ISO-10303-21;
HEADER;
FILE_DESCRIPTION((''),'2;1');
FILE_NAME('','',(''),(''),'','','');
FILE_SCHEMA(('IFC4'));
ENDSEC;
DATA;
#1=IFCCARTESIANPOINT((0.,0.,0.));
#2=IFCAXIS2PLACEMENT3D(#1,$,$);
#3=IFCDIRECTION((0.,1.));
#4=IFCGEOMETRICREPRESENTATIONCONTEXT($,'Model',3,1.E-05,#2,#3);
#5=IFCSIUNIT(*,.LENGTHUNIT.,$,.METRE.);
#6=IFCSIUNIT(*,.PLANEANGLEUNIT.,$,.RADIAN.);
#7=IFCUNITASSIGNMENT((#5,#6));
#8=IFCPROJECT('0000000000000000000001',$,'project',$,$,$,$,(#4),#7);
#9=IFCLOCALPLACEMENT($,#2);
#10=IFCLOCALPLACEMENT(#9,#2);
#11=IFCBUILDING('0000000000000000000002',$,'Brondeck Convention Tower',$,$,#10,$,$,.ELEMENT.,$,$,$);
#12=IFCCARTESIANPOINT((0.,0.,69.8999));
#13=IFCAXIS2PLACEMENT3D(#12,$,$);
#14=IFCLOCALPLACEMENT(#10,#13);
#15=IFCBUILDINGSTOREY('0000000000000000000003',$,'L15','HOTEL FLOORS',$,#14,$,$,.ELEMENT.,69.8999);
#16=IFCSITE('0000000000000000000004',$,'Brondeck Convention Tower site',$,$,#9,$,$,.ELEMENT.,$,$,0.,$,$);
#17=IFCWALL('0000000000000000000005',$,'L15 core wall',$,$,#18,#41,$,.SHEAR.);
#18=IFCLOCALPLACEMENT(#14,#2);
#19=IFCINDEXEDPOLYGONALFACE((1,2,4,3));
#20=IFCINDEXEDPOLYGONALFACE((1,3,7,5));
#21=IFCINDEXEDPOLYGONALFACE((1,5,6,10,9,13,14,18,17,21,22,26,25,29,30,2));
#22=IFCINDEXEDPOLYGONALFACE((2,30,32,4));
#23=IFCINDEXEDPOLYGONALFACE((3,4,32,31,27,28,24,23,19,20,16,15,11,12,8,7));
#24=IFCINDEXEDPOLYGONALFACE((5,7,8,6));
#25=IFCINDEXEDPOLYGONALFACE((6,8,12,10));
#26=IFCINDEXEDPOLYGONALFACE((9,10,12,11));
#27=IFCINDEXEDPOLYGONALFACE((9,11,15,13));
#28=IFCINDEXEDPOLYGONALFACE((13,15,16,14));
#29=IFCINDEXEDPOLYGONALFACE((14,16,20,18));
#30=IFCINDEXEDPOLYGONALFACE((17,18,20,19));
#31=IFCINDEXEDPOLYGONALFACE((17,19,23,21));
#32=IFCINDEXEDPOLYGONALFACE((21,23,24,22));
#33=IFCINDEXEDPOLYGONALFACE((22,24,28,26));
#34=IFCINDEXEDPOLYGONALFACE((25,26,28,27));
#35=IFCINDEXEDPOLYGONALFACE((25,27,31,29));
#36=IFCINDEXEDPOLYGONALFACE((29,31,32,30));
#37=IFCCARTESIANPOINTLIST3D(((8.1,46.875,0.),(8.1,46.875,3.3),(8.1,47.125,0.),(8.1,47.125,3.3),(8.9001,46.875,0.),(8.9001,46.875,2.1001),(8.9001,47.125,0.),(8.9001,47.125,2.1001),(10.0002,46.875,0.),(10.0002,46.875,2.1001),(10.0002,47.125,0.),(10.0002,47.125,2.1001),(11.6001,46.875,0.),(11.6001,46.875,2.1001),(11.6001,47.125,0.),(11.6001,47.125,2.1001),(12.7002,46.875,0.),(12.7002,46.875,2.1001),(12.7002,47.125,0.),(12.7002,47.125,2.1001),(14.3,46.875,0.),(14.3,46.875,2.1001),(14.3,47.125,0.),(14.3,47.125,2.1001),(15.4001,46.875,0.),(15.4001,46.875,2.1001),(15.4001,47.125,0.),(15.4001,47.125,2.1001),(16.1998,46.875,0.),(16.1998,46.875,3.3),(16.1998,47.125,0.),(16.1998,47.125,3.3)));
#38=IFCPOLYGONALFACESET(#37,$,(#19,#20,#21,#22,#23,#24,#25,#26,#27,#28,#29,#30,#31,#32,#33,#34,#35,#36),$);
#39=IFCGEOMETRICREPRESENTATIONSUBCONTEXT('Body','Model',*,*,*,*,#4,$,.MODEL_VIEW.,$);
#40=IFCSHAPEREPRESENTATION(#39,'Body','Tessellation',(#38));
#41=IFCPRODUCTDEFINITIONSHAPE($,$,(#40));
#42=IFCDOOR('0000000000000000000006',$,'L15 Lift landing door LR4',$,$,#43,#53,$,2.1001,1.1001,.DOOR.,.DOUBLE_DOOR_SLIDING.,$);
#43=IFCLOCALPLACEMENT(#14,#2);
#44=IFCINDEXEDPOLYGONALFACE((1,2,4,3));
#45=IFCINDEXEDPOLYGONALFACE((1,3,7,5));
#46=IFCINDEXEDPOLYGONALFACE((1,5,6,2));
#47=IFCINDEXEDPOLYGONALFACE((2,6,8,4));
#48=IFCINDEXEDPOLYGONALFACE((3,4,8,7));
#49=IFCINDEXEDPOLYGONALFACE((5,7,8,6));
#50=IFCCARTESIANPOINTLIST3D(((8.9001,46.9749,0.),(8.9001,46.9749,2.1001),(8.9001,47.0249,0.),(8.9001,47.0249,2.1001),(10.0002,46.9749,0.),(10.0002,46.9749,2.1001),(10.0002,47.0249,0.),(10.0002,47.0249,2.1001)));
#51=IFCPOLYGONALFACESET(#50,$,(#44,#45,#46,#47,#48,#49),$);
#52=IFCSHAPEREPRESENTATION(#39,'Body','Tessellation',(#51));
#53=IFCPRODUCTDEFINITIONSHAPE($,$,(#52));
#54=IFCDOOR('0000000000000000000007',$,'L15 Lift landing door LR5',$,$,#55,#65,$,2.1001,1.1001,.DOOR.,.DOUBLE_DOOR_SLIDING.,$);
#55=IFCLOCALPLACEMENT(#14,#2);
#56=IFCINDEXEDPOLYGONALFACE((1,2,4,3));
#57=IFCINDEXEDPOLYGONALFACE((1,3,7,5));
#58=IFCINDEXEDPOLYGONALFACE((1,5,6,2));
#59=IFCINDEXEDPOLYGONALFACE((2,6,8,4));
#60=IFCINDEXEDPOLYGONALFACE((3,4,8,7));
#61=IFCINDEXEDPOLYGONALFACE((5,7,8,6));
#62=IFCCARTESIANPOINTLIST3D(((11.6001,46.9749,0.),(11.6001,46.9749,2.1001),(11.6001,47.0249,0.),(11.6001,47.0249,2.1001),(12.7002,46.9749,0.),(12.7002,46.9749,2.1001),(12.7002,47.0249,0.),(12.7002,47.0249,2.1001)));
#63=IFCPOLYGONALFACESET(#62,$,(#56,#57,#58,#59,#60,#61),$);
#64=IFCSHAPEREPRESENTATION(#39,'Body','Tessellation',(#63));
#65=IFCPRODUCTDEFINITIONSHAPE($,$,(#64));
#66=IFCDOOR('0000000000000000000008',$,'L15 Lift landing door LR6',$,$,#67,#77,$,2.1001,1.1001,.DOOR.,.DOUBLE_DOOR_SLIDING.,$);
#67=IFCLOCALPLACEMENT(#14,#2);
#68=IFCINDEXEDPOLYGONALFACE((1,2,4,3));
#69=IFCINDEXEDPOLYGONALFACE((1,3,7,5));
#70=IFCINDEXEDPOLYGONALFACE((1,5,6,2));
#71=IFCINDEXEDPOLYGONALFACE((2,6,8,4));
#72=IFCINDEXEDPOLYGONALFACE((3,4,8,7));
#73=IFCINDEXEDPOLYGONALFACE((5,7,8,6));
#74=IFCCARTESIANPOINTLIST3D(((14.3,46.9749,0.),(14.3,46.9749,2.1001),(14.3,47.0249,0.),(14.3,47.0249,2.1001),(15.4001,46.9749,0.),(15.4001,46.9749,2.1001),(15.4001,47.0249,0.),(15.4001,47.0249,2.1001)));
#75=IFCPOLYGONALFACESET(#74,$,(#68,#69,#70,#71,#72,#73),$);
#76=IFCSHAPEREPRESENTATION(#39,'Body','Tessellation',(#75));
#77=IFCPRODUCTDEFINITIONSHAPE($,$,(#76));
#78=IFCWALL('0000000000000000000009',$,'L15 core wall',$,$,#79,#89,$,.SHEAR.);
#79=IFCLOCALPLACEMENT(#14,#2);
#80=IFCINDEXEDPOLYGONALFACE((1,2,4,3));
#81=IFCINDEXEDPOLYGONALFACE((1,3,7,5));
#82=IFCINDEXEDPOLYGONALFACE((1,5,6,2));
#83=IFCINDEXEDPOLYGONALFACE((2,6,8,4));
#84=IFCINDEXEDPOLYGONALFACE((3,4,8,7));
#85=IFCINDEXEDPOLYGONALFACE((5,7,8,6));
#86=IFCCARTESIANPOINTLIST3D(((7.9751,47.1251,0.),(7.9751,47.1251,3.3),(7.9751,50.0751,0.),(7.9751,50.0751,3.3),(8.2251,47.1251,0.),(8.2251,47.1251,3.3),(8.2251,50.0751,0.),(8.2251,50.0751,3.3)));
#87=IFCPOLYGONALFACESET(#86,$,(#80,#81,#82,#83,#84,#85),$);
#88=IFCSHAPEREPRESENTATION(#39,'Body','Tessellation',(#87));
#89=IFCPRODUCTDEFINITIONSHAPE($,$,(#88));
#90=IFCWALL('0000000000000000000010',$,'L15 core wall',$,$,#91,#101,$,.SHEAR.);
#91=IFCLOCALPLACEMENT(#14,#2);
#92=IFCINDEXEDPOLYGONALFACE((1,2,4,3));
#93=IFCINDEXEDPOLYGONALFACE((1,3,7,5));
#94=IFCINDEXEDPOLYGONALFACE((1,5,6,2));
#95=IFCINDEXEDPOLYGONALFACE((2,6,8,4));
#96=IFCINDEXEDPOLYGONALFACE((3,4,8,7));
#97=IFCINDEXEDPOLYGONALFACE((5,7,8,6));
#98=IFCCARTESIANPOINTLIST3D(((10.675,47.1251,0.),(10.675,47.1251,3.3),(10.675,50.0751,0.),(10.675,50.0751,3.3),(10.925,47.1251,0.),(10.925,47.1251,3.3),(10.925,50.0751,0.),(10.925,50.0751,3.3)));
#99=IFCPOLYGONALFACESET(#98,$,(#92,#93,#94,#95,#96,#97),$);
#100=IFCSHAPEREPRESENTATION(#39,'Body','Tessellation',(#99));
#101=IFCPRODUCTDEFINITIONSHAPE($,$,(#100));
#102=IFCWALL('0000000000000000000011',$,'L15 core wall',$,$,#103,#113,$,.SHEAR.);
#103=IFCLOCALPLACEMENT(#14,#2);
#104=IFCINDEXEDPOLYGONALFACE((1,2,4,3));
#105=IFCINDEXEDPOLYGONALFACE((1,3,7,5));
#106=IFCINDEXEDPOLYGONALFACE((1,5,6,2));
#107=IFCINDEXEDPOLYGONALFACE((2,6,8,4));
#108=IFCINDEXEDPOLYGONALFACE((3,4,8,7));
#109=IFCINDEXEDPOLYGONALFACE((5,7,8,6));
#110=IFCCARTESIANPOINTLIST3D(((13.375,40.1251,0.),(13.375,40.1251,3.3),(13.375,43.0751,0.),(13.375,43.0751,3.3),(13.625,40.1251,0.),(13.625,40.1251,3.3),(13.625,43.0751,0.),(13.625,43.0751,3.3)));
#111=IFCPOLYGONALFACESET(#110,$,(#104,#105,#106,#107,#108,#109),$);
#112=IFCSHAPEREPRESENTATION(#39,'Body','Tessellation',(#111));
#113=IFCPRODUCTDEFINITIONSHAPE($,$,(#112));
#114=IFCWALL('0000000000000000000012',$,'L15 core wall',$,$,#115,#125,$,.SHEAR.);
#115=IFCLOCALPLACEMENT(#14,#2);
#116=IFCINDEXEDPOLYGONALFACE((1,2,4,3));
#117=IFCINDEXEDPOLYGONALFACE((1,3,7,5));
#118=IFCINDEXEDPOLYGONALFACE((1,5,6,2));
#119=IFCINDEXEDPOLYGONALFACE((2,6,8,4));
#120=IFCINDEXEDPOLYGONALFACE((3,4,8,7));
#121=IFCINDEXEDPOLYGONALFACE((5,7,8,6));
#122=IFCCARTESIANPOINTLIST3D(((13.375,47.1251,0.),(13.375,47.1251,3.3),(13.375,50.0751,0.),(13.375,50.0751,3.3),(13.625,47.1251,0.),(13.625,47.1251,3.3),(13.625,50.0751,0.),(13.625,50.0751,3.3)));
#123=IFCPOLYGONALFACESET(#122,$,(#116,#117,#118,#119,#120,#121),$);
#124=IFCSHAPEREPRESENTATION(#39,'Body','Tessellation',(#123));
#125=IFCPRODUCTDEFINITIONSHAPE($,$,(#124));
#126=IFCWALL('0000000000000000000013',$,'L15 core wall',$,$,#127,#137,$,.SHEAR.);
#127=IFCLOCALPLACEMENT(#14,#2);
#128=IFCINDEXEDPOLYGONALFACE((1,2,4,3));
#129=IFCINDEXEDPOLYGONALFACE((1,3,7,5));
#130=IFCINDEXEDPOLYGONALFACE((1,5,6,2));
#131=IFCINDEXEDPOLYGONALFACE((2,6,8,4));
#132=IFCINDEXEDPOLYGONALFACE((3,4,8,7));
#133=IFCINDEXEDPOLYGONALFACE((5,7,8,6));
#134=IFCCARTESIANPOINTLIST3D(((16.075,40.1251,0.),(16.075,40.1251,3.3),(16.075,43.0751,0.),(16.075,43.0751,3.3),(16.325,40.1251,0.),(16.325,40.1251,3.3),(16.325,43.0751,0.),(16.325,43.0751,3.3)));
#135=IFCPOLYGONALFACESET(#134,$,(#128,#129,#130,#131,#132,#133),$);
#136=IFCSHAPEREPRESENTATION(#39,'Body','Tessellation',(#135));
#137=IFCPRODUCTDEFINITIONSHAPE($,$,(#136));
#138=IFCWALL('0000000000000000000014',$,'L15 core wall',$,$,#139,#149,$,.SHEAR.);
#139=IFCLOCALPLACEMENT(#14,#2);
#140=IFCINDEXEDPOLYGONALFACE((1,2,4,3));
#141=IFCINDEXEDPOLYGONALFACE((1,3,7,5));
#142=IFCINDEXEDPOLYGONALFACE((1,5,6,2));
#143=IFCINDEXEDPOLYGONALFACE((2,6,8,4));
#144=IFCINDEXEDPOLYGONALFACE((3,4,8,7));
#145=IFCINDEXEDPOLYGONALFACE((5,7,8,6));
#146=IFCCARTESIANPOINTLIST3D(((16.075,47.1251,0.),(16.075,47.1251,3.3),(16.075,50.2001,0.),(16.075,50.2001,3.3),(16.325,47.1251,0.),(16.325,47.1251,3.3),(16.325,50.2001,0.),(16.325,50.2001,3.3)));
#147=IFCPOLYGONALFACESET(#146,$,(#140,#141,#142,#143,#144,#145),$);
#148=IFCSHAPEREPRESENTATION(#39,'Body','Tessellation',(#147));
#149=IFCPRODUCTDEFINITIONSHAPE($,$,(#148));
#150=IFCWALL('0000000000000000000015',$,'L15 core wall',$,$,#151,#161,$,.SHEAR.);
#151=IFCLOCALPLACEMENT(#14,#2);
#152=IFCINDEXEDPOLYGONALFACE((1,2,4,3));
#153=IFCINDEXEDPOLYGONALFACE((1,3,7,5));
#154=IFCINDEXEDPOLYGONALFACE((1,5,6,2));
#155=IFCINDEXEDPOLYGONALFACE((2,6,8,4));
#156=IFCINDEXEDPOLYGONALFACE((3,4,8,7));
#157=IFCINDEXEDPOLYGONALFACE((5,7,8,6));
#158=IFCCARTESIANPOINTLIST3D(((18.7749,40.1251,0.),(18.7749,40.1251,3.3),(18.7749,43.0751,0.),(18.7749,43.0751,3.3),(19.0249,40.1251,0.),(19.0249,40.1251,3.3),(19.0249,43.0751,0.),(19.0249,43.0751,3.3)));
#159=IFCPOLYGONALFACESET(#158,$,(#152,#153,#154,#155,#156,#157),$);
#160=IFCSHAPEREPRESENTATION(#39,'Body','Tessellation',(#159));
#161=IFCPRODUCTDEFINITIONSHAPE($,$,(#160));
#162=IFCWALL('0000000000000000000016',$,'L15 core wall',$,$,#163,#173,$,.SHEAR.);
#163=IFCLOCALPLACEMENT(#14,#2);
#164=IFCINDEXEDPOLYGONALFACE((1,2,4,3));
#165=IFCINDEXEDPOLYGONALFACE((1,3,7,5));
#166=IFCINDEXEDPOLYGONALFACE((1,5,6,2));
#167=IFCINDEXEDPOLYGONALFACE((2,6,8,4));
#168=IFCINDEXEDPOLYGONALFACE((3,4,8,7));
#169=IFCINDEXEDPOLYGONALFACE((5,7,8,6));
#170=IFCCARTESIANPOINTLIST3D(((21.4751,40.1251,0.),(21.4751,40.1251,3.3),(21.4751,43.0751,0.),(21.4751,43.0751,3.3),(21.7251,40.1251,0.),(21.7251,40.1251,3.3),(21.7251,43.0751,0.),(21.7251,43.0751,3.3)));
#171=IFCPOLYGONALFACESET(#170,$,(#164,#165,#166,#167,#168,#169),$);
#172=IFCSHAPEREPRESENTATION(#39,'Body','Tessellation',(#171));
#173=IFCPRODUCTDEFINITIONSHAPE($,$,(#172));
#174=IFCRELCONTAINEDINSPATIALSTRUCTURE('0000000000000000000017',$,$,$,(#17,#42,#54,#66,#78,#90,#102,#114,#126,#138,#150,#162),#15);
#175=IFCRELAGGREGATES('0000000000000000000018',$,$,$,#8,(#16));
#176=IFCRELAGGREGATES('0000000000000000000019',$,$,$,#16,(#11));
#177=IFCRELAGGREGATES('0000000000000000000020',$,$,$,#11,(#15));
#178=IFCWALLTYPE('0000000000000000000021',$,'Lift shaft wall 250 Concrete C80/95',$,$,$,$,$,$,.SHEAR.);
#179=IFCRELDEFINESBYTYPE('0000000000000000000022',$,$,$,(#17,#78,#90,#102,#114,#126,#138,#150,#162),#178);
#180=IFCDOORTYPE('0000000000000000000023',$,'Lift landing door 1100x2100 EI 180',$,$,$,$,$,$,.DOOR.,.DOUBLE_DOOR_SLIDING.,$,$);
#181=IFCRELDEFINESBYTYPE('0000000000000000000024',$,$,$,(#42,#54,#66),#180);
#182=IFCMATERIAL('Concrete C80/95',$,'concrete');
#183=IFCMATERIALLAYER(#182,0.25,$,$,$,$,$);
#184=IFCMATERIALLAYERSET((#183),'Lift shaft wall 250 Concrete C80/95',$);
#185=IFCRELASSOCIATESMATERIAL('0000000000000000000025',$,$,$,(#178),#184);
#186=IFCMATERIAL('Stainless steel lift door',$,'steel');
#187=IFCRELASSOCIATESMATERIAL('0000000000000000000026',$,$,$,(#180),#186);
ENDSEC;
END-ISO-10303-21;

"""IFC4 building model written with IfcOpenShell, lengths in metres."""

from ifc_helpers import new_model, si_unit, direction, frame, frame_2d, origin, place, context, subcontext, project, spatial, rectangle, extrude, material, layer, layer_set, type_object, element, fill, save


model = new_model("IFC4")

# Units and contexts
model_context = context("Model", 3, precision=1e-05, world=origin(), true_north=direction((0.0, 1.0)))
body_context = subcontext(model_context, "Body", "Model", "MODEL_VIEW")
ifc_project = project(units=[si_unit("LENGTHUNIT", "METRE"), si_unit("PLANEANGLEUNIT", "RADIAN")], contexts=[model_context])

# Site, building, storey
site_placement = place(None, origin())
site = spatial("IfcSite", under=ifc_project, at=site_placement, Name="Brondeck Convention Tower site", CompositionType="ELEMENT", RefElevation=0.0)
building_placement = place(site_placement, origin())
building = spatial("IfcBuilding", under=site, at=building_placement, Name="Brondeck Convention Tower", CompositionType="ELEMENT")
storey_placement = place(building_placement, frame((0.0, 0.0, 69.8999)))
storey = spatial("IfcBuildingStorey", under=building, at=storey_placement, Name="L15", Description="HOTEL FLOORS", CompositionType="ELEMENT", Elevation=69.8999)

# Shared definitions
ifc_material_1 = material(Name="Concrete C80/95", Category="concrete")

# Wall, openings, doors
ifc_layer_1 = layer(ifc_material_1, 0.25)
ifc_layer_set_1 = layer_set([ifc_layer_1], Name="Lift shaft wall 250 Concrete C80/95")
wall_type_1 = type_object("IfcWallType", Name="Lift shaft wall 250 Concrete C80/95", PredefinedType="SHEAR", material=ifc_layer_set_1)
ifc_material_2 = material(Name="Stainless steel lift door", Category="steel")
door_type_1 = type_object("IfcDoorType", Name="Lift landing door 1100x2100 EI 180", OperationType="DOUBLE_DOOR_SLIDING", PredefinedType="DOOR", material=ifc_material_2)
wall_1_placement = place(storey_placement, frame((8.1001, 47.0, 0.0), z_axis=(0.0, 0.0, 1.0), x_axis=(1.0, 0.0, 0.0)))
wall_1 = element("IfcWall", 1, at=wall_1_placement, inside=storey, type_object=wall_type_1, Name="L15 core wall", PredefinedType="SHEAR", context=body_context, shape_type="SweptSolid", body=[
    extrude(rectangle(XDim=8.0999, YDim=0.25, at=frame_2d((4.0498, 0.0))), origin(), (0.0, 0.0, 1.0), 3.3),
])
opening_1_placement = place(wall_1_placement, frame((0.8, 0.0, 0.0)))
opening_1 = element("IfcOpeningElement", 2, at=opening_1_placement, cuts=wall_1, PredefinedType="OPENING", context=body_context, shape_type="SweptSolid", body=[
    extrude(rectangle(XDim=1.1001, YDim=2.1001, at=frame_2d((0.55, 1.05))), frame((0.0, 0.135, 0.0), z_axis=(0.0, -1.0, 0.0), x_axis=(1.0, 0.0, 0.0)), (0.0, 0.0, 1.0), 0.27),
])
opening_2_placement = place(wall_1_placement, frame((3.5, 0.0, 0.0)))
opening_2 = element("IfcOpeningElement", 3, at=opening_2_placement, cuts=wall_1, PredefinedType="OPENING", context=body_context, shape_type="SweptSolid", body=[
    extrude(rectangle(XDim=1.1001, YDim=2.1001, at=frame_2d((0.55, 1.05))), frame((0.0, 0.135, 0.0), z_axis=(0.0, -1.0, 0.0), x_axis=(1.0, 0.0, 0.0)), (0.0, 0.0, 1.0), 0.27),
])
opening_3_placement = place(wall_1_placement, frame((6.2, 0.0, 0.0)))
opening_3 = element("IfcOpeningElement", 4, at=opening_3_placement, cuts=wall_1, PredefinedType="OPENING", context=body_context, shape_type="SweptSolid", body=[
    extrude(rectangle(XDim=1.1001, YDim=2.1001, at=frame_2d((0.55, 1.05))), frame((0.0, 0.135, 0.0), z_axis=(0.0, -1.0, 0.0), x_axis=(1.0, 0.0, 0.0)), (0.0, 0.0, 1.0), 0.27),
])
door_1_placement = place(opening_1_placement, origin())
door_1 = element("IfcDoor", 5, at=door_1_placement, inside=storey, type_object=door_type_1, Name="L15 Lift landing door LR4", OperationType="DOUBLE_DOOR_SLIDING", OverallHeight=2.1001, OverallWidth=1.1001, PredefinedType="DOOR", context=body_context, shape_type="SweptSolid", body=[
    extrude(rectangle(XDim=1.1001, YDim=2.1001, at=frame_2d((0.55, 1.05))), frame((0.0, 0.0249, 0.0), z_axis=(0.0, -1.0, 0.0), x_axis=(1.0, 0.0, 0.0)), (0.0, 0.0, 1.0), 0.05),
])
fill(opening_1, door_1)
door_2_placement = place(opening_2_placement, origin())
door_2 = element("IfcDoor", 6, at=door_2_placement, inside=storey, type_object=door_type_1, Name="L15 Lift landing door LR5", OperationType="DOUBLE_DOOR_SLIDING", OverallHeight=2.1001, OverallWidth=1.1001, PredefinedType="DOOR", context=body_context, shape_type="SweptSolid", body=[
    extrude(rectangle(XDim=1.1001, YDim=2.1001, at=frame_2d((0.55, 1.05))), frame((0.0, 0.0249, 0.0), z_axis=(0.0, -1.0, 0.0), x_axis=(1.0, 0.0, 0.0)), (0.0, 0.0, 1.0), 0.05),
])
fill(opening_2, door_2)
door_3_placement = place(opening_3_placement, origin())
door_3 = element("IfcDoor", 7, at=door_3_placement, inside=storey, type_object=door_type_1, Name="L15 Lift landing door LR6", OperationType="DOUBLE_DOOR_SLIDING", OverallHeight=2.1001, OverallWidth=1.1001, PredefinedType="DOOR", context=body_context, shape_type="SweptSolid", body=[
    extrude(rectangle(XDim=1.1001, YDim=2.1001, at=frame_2d((0.55, 1.05))), frame((0.0, 0.0249, 0.0), z_axis=(0.0, -1.0, 0.0), x_axis=(1.0, 0.0, 0.0)), (0.0, 0.0, 1.0), 0.05),
])
fill(opening_3, door_3)

# Walls
for number, where, z_axis, x_axis, name in (
    (8, (8.1001, 47.125, 0.0), (0.0, 0.0, 1.0), (0.0, 1.0, 0.0), "L15 core wall"),
    (9, (10.8, 47.125, 0.0), (0.0, 0.0, 1.0), (0.0, 1.0, 0.0), "L15 core wall"),
    (10, (13.5, 40.125, 0.0), (0.0, 0.0, 1.0), (0.0, 1.0, 0.0), "L15 core wall"),
    (11, (13.5, 47.125, 0.0), (0.0, 0.0, 1.0), (0.0, 1.0, 0.0), "L15 core wall"),
    (12, (16.2, 40.125, 0.0), (0.0, 0.0, 1.0), (0.0, 1.0, 0.0), "L15 core wall"),
):
    element("IfcWall", number, at=place(storey_placement, frame(where, z_axis=z_axis, x_axis=x_axis)), inside=storey, type_object=wall_type_1, Name=name, PredefinedType="SHEAR", context=body_context, shape_type="SweptSolid", body=[
        extrude(rectangle(XDim=2.95, YDim=0.25, at=frame_2d((1.4751, 0.0))), origin(), (0.0, 0.0, 1.0), 3.3),
    ])
wall_2_placement = place(storey_placement, frame((16.2, 47.125, 0.0), z_axis=(0.0, 0.0, 1.0), x_axis=(0.0, 1.0, 0.0)))
element("IfcWall", 13, at=wall_2_placement, inside=storey, type_object=wall_type_1, Name="L15 core wall", PredefinedType="SHEAR", context=body_context, shape_type="SweptSolid", body=[
    extrude(rectangle(XDim=3.075, YDim=0.25, at=frame_2d((1.5376, 0.0))), origin(), (0.0, 0.0, 1.0), 3.3),
])
for number, where, z_axis, x_axis, name in (
    (14, (18.8999, 40.125, 0.0), (0.0, 0.0, 1.0), (0.0, 1.0, 0.0), "L15 core wall"),
    (15, (21.6001, 40.125, 0.0), (0.0, 0.0, 1.0), (0.0, 1.0, 0.0), "L15 core wall"),
):
    element("IfcWall", number, at=place(storey_placement, frame(where, z_axis=z_axis, x_axis=x_axis)), inside=storey, type_object=wall_type_1, Name=name, PredefinedType="SHEAR", context=body_context, shape_type="SweptSolid", body=[
        extrude(rectangle(XDim=2.95, YDim=0.25, at=frame_2d((1.4751, 0.0))), origin(), (0.0, 0.0, 1.0), 3.3),
    ])

save(model, "model.ifc")
